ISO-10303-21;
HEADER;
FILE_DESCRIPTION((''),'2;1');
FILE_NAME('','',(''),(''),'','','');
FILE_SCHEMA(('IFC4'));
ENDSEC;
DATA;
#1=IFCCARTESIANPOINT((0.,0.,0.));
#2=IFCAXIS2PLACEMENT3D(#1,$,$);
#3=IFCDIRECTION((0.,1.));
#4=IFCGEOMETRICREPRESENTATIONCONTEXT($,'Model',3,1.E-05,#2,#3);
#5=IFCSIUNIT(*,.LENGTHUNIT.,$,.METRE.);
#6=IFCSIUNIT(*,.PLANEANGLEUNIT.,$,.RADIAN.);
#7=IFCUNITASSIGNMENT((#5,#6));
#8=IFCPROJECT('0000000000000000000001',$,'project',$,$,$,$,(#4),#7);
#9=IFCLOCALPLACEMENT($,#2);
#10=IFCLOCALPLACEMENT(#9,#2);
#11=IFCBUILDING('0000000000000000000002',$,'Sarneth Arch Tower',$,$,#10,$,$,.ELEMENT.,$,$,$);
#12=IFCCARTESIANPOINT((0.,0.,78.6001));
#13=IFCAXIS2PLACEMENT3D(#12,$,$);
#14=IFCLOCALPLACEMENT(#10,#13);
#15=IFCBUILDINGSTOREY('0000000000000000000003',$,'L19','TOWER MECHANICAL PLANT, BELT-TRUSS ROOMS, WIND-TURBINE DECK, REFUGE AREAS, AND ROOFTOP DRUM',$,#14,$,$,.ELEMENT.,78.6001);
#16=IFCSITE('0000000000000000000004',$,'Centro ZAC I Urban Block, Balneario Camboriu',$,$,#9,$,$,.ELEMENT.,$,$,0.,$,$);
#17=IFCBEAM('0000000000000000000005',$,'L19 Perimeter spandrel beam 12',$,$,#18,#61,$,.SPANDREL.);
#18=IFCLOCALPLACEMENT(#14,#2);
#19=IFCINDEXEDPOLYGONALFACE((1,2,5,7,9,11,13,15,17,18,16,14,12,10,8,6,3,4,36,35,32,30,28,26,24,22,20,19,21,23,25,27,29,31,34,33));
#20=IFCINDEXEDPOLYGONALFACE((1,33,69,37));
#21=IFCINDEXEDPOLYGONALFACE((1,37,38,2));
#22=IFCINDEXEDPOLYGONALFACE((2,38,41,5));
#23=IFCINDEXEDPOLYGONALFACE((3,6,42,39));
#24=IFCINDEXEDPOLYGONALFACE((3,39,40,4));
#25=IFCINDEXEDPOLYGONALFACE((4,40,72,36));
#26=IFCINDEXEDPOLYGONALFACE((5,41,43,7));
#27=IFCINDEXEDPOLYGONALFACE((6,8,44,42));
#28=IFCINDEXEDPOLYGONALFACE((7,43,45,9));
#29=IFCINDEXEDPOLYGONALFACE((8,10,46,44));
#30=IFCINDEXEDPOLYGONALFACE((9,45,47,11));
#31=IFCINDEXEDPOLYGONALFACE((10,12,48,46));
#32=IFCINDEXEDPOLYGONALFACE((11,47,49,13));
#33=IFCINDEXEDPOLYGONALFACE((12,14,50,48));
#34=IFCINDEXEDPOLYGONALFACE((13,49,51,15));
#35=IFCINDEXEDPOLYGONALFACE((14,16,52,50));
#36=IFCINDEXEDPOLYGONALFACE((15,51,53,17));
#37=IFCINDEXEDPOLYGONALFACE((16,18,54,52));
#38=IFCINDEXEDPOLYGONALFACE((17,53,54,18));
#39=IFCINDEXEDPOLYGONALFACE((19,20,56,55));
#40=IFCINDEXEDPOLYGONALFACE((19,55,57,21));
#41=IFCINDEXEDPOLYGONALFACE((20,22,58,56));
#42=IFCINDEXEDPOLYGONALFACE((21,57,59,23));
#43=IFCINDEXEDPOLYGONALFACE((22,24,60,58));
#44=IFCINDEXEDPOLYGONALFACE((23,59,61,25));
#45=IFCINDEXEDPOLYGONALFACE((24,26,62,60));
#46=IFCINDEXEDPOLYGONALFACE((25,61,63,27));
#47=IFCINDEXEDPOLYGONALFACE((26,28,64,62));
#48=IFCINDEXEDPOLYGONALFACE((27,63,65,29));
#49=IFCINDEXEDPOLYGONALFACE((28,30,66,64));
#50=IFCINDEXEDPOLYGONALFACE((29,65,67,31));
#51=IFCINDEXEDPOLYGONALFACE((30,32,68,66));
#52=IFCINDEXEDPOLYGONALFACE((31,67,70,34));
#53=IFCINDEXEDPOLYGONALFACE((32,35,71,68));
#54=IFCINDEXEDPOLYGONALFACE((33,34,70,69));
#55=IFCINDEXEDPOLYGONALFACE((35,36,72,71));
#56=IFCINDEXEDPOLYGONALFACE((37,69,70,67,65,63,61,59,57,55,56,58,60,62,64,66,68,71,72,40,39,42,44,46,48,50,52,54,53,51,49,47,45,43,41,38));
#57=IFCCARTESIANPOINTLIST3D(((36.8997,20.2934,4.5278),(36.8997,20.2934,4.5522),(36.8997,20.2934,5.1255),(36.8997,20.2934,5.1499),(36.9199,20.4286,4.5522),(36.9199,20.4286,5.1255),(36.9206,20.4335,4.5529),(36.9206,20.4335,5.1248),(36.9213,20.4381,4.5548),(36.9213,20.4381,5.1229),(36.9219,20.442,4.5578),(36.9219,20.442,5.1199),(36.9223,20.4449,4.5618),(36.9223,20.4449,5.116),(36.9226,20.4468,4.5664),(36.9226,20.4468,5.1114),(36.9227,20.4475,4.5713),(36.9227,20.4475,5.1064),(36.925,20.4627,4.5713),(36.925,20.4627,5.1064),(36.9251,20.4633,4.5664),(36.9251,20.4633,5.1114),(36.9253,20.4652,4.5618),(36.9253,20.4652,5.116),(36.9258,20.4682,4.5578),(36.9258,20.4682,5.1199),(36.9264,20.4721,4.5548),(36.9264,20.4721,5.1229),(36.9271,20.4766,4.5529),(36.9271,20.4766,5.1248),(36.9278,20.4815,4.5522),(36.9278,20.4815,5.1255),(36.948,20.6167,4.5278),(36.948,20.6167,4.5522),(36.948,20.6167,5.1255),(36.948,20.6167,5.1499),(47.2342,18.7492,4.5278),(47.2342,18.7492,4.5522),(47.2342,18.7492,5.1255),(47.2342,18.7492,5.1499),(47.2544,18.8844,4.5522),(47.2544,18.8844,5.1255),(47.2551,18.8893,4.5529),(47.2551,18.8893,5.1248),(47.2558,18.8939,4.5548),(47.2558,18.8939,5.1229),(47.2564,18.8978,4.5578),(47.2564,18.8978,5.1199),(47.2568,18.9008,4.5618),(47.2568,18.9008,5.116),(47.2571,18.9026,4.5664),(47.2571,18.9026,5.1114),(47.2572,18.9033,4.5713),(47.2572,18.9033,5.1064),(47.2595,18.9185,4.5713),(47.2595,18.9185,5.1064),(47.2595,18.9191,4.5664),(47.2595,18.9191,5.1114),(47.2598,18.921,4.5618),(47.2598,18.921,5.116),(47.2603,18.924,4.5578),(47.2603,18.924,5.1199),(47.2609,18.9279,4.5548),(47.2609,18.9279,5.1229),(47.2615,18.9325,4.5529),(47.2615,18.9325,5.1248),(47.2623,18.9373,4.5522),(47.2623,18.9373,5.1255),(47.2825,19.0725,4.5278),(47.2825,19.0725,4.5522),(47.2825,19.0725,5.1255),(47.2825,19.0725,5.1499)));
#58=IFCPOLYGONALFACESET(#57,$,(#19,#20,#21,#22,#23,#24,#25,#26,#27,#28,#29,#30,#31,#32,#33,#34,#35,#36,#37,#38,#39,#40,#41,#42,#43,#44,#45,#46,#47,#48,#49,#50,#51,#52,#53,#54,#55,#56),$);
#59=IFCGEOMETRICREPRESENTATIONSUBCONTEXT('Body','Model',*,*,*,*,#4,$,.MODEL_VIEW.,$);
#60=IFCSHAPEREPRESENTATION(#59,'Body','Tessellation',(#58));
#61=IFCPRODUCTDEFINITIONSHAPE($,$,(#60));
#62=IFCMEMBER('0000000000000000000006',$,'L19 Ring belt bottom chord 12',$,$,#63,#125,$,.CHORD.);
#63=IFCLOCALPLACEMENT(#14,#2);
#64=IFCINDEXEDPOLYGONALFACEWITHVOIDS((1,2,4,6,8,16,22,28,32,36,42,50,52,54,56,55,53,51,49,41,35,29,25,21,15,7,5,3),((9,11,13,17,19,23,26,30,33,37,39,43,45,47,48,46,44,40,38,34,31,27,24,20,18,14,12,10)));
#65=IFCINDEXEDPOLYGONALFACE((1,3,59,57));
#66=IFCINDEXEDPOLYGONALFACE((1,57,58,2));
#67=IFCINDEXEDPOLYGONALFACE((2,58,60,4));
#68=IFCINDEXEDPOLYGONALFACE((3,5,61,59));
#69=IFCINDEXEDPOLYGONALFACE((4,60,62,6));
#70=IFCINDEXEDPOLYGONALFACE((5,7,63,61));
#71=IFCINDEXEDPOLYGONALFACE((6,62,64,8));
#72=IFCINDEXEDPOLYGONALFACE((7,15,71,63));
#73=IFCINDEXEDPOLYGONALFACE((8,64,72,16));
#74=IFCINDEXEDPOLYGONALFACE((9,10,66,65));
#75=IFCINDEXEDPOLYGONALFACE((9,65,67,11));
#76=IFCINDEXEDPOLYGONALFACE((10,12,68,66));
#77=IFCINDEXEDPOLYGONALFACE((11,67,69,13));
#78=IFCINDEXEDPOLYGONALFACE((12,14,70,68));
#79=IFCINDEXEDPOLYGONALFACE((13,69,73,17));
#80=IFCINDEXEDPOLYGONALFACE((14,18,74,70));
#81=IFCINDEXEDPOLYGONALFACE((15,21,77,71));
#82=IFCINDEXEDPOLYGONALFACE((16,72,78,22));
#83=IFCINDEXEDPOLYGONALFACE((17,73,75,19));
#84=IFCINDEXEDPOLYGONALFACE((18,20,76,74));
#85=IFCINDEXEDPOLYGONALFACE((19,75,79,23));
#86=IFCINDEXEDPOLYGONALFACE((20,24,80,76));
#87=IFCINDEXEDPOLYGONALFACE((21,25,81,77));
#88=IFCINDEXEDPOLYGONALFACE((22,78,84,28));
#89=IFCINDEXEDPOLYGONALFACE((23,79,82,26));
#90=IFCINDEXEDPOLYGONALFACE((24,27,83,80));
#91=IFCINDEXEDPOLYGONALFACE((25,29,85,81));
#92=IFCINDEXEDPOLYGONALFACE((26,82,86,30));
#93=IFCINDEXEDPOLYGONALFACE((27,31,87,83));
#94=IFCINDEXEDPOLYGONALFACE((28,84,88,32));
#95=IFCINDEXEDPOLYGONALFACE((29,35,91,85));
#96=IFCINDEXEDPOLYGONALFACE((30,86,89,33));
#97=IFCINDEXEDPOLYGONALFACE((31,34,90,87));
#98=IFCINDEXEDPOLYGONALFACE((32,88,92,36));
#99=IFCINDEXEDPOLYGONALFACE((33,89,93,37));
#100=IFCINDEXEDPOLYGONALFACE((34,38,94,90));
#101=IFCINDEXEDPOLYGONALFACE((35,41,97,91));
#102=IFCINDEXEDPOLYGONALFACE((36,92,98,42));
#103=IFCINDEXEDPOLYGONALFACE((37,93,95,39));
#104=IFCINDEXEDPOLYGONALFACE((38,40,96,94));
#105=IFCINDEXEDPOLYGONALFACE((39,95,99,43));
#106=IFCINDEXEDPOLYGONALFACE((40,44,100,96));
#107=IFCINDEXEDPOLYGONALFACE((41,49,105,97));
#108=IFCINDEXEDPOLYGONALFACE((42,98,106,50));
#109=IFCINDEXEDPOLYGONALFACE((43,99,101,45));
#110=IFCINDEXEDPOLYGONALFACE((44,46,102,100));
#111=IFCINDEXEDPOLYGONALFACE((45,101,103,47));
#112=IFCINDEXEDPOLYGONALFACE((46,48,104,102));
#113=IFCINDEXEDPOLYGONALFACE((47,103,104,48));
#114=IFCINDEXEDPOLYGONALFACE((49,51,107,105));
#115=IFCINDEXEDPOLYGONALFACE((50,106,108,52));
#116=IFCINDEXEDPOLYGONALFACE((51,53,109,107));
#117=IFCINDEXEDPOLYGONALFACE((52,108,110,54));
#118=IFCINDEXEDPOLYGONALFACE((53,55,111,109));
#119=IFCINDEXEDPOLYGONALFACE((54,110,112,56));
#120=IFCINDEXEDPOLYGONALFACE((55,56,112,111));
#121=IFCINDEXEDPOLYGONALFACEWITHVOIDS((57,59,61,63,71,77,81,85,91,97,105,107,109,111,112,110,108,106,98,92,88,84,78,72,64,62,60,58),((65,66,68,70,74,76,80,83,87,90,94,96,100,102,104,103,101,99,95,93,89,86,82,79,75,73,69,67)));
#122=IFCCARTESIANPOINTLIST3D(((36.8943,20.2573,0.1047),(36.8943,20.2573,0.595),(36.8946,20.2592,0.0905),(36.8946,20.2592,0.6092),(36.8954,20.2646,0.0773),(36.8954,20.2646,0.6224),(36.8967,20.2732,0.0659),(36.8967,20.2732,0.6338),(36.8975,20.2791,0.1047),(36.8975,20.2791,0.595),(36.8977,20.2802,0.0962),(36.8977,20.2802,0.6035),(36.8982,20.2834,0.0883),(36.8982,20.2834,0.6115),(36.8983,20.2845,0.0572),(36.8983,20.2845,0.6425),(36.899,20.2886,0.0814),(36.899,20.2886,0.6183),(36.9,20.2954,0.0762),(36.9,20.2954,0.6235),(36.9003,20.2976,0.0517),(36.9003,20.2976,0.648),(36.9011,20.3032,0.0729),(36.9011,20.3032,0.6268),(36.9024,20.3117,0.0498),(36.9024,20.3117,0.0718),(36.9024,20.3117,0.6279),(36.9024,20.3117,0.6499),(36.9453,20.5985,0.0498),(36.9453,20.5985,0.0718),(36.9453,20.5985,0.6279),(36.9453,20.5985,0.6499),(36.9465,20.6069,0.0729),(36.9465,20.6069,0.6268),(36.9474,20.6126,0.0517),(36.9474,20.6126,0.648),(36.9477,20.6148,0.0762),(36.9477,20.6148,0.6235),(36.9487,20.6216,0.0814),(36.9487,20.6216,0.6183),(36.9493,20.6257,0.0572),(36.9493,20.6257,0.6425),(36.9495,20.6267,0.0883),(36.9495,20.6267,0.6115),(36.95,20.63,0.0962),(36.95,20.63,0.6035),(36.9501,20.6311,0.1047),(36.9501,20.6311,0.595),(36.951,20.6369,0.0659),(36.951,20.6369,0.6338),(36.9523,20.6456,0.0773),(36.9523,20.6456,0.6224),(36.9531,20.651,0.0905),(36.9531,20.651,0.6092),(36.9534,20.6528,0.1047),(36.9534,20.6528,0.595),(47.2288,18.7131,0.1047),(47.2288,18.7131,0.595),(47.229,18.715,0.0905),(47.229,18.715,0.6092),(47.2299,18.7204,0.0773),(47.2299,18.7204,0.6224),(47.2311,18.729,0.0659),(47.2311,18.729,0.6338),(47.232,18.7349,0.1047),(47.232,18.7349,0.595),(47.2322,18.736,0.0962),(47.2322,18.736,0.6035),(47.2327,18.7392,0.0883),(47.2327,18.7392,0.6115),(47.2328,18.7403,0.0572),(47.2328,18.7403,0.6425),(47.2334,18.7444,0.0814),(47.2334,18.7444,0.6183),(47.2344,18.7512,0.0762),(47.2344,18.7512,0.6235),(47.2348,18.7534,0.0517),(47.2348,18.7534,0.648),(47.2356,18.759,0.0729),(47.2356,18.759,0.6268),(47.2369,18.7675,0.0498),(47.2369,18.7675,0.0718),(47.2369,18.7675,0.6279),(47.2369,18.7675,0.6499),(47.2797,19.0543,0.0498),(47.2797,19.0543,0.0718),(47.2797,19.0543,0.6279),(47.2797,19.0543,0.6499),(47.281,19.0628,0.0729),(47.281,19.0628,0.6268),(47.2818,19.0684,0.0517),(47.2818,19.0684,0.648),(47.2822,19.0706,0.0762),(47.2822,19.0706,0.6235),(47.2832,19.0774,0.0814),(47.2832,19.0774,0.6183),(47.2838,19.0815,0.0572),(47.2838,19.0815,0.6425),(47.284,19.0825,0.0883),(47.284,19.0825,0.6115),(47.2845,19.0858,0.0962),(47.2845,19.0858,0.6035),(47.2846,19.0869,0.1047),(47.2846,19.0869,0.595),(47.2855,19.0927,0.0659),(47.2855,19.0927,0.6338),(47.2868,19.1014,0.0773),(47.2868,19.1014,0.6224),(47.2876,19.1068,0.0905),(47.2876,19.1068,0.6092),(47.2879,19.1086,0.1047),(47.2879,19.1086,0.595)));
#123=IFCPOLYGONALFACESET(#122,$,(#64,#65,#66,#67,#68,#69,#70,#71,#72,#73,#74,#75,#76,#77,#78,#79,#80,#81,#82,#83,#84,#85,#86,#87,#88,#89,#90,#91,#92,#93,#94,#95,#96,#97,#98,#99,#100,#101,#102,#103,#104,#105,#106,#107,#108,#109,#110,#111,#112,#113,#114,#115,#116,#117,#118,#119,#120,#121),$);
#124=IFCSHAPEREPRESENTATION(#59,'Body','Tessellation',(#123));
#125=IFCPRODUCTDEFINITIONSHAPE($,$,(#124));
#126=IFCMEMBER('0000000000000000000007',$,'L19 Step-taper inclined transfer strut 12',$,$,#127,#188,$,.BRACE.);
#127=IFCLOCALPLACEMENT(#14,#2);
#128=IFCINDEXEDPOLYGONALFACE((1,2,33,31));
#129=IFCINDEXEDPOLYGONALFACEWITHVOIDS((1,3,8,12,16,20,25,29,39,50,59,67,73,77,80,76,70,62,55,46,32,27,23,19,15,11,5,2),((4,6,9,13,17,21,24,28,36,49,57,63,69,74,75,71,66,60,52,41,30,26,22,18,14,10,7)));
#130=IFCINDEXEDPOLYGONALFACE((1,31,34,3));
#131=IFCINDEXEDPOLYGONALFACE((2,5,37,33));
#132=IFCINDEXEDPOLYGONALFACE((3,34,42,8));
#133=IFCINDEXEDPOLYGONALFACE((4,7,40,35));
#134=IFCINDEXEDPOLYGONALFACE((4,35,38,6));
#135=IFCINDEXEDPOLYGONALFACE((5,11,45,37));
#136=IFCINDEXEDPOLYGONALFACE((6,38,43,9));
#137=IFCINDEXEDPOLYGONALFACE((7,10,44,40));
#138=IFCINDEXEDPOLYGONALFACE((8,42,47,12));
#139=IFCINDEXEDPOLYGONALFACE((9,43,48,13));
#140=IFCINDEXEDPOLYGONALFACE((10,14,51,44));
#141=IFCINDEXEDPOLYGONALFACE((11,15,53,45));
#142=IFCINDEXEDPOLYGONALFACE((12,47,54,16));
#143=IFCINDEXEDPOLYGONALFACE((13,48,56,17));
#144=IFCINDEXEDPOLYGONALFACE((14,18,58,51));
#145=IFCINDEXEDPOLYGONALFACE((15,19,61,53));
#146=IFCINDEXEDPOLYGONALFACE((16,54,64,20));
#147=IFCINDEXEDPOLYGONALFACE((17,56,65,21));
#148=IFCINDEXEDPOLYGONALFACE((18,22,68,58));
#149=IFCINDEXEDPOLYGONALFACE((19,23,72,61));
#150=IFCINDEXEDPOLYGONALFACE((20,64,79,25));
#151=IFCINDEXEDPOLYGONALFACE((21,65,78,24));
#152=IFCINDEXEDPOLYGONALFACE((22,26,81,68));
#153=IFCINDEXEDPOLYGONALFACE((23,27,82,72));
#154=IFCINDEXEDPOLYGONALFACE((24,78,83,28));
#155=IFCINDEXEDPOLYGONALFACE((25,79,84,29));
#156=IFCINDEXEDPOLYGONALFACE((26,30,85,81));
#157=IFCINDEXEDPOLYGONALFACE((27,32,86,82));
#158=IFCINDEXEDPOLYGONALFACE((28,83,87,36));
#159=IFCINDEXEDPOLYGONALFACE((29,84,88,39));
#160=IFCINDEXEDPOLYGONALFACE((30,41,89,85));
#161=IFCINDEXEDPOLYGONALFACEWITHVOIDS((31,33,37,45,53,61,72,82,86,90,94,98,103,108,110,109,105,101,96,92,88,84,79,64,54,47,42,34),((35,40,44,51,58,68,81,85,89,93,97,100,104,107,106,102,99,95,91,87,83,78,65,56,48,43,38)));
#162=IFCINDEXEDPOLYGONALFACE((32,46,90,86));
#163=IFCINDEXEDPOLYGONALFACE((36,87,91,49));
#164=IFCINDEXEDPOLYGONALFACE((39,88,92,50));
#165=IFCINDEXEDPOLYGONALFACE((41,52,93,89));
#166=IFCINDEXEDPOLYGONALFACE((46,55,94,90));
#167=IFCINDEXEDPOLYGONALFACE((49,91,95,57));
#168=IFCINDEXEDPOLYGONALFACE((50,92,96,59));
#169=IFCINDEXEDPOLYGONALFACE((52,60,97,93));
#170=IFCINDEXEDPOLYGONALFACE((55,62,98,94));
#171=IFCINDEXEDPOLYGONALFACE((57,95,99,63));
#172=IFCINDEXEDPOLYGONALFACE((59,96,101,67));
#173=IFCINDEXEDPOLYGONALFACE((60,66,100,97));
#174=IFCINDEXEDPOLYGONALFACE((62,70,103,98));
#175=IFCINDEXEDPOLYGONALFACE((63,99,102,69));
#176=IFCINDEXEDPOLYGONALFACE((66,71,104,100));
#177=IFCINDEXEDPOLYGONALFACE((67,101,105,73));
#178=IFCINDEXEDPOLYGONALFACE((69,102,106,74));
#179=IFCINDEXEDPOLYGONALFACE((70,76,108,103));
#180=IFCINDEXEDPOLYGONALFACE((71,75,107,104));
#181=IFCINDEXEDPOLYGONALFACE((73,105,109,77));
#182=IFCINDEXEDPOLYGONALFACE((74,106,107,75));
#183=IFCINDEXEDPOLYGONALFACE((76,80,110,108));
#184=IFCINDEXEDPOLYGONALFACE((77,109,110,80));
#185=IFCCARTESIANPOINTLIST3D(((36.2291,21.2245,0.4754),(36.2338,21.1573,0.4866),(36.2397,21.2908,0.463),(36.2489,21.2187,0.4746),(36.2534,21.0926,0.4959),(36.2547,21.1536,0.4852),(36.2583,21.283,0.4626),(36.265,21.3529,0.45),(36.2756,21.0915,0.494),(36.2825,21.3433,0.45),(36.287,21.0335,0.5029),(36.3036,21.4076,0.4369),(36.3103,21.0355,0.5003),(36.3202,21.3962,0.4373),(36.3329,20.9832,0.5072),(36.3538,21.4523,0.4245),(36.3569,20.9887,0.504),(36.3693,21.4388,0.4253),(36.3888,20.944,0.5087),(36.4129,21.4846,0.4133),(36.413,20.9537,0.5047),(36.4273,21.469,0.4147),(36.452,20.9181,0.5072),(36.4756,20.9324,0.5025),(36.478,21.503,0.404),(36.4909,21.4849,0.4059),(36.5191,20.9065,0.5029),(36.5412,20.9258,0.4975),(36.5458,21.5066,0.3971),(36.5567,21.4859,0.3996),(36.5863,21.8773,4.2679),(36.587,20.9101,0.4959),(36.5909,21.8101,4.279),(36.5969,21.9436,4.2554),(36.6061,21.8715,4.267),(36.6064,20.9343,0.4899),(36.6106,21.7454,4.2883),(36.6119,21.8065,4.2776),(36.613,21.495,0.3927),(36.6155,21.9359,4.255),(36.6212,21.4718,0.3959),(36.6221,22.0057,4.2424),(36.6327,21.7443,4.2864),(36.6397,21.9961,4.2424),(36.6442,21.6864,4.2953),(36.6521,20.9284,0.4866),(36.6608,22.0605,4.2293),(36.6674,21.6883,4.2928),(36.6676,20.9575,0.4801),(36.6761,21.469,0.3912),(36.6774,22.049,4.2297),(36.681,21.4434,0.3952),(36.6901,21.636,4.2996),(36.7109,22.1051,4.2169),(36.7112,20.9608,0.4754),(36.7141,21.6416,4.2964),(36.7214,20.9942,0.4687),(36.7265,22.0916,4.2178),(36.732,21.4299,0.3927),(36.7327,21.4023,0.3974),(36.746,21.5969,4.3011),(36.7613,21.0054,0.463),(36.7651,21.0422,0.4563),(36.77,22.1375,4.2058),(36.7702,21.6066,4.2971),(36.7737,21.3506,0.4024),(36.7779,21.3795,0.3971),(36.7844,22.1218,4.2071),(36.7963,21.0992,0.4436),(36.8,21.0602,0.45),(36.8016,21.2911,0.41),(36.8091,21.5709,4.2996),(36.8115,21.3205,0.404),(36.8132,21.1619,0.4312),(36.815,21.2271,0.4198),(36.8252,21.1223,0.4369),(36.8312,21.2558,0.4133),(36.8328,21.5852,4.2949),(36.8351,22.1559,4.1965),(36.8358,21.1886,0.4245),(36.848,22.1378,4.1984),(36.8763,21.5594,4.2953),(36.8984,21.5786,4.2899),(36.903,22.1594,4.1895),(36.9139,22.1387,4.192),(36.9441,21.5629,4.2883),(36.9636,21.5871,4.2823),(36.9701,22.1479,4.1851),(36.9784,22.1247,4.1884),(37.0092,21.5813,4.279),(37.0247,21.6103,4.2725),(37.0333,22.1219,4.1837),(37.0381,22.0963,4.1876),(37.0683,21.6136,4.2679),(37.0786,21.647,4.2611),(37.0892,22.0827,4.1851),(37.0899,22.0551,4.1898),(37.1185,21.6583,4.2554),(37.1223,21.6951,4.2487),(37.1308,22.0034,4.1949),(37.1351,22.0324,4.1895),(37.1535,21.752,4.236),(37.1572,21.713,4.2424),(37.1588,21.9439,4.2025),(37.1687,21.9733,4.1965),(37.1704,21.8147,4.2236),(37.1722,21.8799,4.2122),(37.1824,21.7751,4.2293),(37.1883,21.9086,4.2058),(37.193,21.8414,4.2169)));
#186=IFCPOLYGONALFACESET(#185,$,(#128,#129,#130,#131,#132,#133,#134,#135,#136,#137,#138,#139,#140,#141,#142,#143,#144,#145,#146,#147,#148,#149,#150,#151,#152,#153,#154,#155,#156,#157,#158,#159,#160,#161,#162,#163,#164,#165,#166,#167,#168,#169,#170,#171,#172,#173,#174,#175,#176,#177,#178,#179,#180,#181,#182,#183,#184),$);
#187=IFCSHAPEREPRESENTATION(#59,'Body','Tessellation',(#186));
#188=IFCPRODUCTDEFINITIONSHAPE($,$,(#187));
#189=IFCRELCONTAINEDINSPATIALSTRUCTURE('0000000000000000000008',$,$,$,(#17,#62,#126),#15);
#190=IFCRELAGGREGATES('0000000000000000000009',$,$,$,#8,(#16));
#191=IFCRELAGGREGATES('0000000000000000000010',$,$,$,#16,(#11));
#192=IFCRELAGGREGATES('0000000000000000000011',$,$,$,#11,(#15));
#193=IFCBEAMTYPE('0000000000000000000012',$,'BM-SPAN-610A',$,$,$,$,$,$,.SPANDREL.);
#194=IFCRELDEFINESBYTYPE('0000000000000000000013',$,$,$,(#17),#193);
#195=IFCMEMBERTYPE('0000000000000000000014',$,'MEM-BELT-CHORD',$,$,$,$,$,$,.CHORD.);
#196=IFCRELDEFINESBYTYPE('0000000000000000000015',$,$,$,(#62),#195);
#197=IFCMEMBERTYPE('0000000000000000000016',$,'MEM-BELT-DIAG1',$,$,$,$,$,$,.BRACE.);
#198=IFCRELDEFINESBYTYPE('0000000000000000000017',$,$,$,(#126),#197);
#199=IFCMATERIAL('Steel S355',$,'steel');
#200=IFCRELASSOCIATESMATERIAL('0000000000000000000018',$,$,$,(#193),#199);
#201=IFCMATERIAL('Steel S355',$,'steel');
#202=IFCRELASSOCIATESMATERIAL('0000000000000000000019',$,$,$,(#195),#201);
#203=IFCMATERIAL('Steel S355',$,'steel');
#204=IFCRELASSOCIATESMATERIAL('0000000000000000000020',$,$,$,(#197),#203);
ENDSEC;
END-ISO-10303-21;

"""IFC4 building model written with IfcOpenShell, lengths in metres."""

from ifc_helpers import new_model, si_unit, direction, frame, origin, origin_2d, place, context, subcontext, project, spatial, hollow_rectangle, hollow_circle, i_section, extrude, material, material_profile, profile_set, type_object, element, save


model = new_model("IFC4")

# Units and contexts
model_context = context("Model", 3, precision=1e-05, world=origin(), true_north=direction((0.0, 1.0)))
body_context = subcontext(model_context, "Body", "Model", "MODEL_VIEW")
ifc_project = project(units=[si_unit("LENGTHUNIT", "METRE"), si_unit("PLANEANGLEUNIT", "RADIAN")], contexts=[model_context])

# Site, building, storey
site_placement = place(None, origin())
site = spatial("IfcSite", under=ifc_project, at=site_placement, Name="Centro ZAC I Urban Block, Balneario Camboriu", CompositionType="ELEMENT", RefElevation=0.0)
building_placement = place(site_placement, origin())
building = spatial("IfcBuilding", under=site, at=building_placement, Name="Sarneth Arch Tower", CompositionType="ELEMENT")
storey_placement = place(building_placement, frame((0.0, 0.0, 78.6001)))
storey = spatial("IfcBuildingStorey", under=building, at=storey_placement, Name="L19", Description="TOWER MECHANICAL PLANT, BELT-TRUSS ROOMS, WIND-TURBINE DECK, REFUGE AREAS, AND ROOFTOP DRUM", CompositionType="ELEMENT", Elevation=78.6001)

# Beam
ifc_material_1 = material(Name="Steel S355", Category="steel")
ifc_material_profile_1 = material_profile(ifc_material_1, i_section(OverallWidth=0.3269, OverallDepth=0.6221, WebThickness=0.0154, FlangeThickness=0.0244, FilletRadius=0.019, at=origin_2d()), Name="W610x195")
ifc_profile_set_1 = profile_set([ifc_material_profile_1], Name="Steel S355")
beam_type = type_object("IfcBeamType", Name="BM-SPAN-610A", PredefinedType="SPANDREL", material=ifc_profile_set_1)
beam_placement = place(storey_placement, frame((36.9238, 20.4551, 4.8389), z_axis=(0.98902, -0.147781, 0.0), x_axis=(0.147781, 0.98902, 0.0)))
element("IfcBeam", 1, at=beam_placement, inside=storey, type_object=beam_type, Name="L19 Perimeter spandrel beam 12", PredefinedType="SPANDREL", context=body_context, shape_type="SweptSolid", body=[
    extrude(i_section(OverallWidth=0.3269, OverallDepth=0.6221, WebThickness=0.0154, FlangeThickness=0.0244, FilletRadius=0.019, at=origin_2d()), origin(), (0.0, 0.0, 1.0), 10.4492),
])

# Members
ifc_material_2 = material(Name="Steel S355", Category="steel")
ifc_material_profile_2 = material_profile(ifc_material_2, hollow_rectangle(XDim=0.3999, YDim=0.6001, WallThickness=0.022, InnerFilletRadius=0.033, OuterFilletRadius=0.0549, at=origin_2d()), Name="RHS600x400x22")
ifc_profile_set_2 = profile_set([ifc_material_profile_2], Name="Steel S355")
member_type_1 = type_object("IfcMemberType", Name="MEM-BELT-CHORD", PredefinedType="CHORD", material=ifc_profile_set_2)
member_1_placement = place(storey_placement, frame((36.9238, 20.4551, 0.3499), z_axis=(0.98902, -0.147781, 0.0), x_axis=(0.147781, 0.98902, 0.0)))
element("IfcMember", 2, at=member_1_placement, inside=storey, type_object=member_type_1, Name="L19 Ring belt bottom chord 12", PredefinedType="CHORD", context=body_context, shape_type="SweptSolid", body=[
    extrude(hollow_rectangle(XDim=0.3999, YDim=0.6001, WallThickness=0.022, InnerFilletRadius=0.033, OuterFilletRadius=0.0549, at=origin_2d()), origin(), (0.0, 0.0, 1.0), 10.4492),
])
ifc_material_3 = material(Name="Steel S355", Category="steel")
ifc_material_profile_3 = material_profile(ifc_material_3, hollow_circle(Radius=0.3049, WallThickness=0.02, at=origin_2d()), Name="CHS610x20")
ifc_profile_set_3 = profile_set([ifc_material_profile_3], Name="Steel S355")
member_type_2 = type_object("IfcMemberType", Name="MEM-BELT-DIAG1", PredefinedType="BRACE", material=ifc_profile_set_3)
member_2_placement = place(storey_placement, frame((36.5325, 21.2065, 0.45), z_axis=(0.092418, 0.168917, 0.981288), x_axis=(-0.87728, 0.479978, 0.0)))
element("IfcMember", 3, at=member_2_placement, inside=storey, type_object=member_type_2, Name="L19 Step-taper inclined transfer strut 12", PredefinedType="BRACE", context=body_context, shape_type="SweptSolid", body=[
    extrude(hollow_circle(Radius=0.3049, WallThickness=0.02, at=origin_2d()), origin(), (0.0, 0.0, 1.0), 3.8647),
])

save(model, "model.ifc")
